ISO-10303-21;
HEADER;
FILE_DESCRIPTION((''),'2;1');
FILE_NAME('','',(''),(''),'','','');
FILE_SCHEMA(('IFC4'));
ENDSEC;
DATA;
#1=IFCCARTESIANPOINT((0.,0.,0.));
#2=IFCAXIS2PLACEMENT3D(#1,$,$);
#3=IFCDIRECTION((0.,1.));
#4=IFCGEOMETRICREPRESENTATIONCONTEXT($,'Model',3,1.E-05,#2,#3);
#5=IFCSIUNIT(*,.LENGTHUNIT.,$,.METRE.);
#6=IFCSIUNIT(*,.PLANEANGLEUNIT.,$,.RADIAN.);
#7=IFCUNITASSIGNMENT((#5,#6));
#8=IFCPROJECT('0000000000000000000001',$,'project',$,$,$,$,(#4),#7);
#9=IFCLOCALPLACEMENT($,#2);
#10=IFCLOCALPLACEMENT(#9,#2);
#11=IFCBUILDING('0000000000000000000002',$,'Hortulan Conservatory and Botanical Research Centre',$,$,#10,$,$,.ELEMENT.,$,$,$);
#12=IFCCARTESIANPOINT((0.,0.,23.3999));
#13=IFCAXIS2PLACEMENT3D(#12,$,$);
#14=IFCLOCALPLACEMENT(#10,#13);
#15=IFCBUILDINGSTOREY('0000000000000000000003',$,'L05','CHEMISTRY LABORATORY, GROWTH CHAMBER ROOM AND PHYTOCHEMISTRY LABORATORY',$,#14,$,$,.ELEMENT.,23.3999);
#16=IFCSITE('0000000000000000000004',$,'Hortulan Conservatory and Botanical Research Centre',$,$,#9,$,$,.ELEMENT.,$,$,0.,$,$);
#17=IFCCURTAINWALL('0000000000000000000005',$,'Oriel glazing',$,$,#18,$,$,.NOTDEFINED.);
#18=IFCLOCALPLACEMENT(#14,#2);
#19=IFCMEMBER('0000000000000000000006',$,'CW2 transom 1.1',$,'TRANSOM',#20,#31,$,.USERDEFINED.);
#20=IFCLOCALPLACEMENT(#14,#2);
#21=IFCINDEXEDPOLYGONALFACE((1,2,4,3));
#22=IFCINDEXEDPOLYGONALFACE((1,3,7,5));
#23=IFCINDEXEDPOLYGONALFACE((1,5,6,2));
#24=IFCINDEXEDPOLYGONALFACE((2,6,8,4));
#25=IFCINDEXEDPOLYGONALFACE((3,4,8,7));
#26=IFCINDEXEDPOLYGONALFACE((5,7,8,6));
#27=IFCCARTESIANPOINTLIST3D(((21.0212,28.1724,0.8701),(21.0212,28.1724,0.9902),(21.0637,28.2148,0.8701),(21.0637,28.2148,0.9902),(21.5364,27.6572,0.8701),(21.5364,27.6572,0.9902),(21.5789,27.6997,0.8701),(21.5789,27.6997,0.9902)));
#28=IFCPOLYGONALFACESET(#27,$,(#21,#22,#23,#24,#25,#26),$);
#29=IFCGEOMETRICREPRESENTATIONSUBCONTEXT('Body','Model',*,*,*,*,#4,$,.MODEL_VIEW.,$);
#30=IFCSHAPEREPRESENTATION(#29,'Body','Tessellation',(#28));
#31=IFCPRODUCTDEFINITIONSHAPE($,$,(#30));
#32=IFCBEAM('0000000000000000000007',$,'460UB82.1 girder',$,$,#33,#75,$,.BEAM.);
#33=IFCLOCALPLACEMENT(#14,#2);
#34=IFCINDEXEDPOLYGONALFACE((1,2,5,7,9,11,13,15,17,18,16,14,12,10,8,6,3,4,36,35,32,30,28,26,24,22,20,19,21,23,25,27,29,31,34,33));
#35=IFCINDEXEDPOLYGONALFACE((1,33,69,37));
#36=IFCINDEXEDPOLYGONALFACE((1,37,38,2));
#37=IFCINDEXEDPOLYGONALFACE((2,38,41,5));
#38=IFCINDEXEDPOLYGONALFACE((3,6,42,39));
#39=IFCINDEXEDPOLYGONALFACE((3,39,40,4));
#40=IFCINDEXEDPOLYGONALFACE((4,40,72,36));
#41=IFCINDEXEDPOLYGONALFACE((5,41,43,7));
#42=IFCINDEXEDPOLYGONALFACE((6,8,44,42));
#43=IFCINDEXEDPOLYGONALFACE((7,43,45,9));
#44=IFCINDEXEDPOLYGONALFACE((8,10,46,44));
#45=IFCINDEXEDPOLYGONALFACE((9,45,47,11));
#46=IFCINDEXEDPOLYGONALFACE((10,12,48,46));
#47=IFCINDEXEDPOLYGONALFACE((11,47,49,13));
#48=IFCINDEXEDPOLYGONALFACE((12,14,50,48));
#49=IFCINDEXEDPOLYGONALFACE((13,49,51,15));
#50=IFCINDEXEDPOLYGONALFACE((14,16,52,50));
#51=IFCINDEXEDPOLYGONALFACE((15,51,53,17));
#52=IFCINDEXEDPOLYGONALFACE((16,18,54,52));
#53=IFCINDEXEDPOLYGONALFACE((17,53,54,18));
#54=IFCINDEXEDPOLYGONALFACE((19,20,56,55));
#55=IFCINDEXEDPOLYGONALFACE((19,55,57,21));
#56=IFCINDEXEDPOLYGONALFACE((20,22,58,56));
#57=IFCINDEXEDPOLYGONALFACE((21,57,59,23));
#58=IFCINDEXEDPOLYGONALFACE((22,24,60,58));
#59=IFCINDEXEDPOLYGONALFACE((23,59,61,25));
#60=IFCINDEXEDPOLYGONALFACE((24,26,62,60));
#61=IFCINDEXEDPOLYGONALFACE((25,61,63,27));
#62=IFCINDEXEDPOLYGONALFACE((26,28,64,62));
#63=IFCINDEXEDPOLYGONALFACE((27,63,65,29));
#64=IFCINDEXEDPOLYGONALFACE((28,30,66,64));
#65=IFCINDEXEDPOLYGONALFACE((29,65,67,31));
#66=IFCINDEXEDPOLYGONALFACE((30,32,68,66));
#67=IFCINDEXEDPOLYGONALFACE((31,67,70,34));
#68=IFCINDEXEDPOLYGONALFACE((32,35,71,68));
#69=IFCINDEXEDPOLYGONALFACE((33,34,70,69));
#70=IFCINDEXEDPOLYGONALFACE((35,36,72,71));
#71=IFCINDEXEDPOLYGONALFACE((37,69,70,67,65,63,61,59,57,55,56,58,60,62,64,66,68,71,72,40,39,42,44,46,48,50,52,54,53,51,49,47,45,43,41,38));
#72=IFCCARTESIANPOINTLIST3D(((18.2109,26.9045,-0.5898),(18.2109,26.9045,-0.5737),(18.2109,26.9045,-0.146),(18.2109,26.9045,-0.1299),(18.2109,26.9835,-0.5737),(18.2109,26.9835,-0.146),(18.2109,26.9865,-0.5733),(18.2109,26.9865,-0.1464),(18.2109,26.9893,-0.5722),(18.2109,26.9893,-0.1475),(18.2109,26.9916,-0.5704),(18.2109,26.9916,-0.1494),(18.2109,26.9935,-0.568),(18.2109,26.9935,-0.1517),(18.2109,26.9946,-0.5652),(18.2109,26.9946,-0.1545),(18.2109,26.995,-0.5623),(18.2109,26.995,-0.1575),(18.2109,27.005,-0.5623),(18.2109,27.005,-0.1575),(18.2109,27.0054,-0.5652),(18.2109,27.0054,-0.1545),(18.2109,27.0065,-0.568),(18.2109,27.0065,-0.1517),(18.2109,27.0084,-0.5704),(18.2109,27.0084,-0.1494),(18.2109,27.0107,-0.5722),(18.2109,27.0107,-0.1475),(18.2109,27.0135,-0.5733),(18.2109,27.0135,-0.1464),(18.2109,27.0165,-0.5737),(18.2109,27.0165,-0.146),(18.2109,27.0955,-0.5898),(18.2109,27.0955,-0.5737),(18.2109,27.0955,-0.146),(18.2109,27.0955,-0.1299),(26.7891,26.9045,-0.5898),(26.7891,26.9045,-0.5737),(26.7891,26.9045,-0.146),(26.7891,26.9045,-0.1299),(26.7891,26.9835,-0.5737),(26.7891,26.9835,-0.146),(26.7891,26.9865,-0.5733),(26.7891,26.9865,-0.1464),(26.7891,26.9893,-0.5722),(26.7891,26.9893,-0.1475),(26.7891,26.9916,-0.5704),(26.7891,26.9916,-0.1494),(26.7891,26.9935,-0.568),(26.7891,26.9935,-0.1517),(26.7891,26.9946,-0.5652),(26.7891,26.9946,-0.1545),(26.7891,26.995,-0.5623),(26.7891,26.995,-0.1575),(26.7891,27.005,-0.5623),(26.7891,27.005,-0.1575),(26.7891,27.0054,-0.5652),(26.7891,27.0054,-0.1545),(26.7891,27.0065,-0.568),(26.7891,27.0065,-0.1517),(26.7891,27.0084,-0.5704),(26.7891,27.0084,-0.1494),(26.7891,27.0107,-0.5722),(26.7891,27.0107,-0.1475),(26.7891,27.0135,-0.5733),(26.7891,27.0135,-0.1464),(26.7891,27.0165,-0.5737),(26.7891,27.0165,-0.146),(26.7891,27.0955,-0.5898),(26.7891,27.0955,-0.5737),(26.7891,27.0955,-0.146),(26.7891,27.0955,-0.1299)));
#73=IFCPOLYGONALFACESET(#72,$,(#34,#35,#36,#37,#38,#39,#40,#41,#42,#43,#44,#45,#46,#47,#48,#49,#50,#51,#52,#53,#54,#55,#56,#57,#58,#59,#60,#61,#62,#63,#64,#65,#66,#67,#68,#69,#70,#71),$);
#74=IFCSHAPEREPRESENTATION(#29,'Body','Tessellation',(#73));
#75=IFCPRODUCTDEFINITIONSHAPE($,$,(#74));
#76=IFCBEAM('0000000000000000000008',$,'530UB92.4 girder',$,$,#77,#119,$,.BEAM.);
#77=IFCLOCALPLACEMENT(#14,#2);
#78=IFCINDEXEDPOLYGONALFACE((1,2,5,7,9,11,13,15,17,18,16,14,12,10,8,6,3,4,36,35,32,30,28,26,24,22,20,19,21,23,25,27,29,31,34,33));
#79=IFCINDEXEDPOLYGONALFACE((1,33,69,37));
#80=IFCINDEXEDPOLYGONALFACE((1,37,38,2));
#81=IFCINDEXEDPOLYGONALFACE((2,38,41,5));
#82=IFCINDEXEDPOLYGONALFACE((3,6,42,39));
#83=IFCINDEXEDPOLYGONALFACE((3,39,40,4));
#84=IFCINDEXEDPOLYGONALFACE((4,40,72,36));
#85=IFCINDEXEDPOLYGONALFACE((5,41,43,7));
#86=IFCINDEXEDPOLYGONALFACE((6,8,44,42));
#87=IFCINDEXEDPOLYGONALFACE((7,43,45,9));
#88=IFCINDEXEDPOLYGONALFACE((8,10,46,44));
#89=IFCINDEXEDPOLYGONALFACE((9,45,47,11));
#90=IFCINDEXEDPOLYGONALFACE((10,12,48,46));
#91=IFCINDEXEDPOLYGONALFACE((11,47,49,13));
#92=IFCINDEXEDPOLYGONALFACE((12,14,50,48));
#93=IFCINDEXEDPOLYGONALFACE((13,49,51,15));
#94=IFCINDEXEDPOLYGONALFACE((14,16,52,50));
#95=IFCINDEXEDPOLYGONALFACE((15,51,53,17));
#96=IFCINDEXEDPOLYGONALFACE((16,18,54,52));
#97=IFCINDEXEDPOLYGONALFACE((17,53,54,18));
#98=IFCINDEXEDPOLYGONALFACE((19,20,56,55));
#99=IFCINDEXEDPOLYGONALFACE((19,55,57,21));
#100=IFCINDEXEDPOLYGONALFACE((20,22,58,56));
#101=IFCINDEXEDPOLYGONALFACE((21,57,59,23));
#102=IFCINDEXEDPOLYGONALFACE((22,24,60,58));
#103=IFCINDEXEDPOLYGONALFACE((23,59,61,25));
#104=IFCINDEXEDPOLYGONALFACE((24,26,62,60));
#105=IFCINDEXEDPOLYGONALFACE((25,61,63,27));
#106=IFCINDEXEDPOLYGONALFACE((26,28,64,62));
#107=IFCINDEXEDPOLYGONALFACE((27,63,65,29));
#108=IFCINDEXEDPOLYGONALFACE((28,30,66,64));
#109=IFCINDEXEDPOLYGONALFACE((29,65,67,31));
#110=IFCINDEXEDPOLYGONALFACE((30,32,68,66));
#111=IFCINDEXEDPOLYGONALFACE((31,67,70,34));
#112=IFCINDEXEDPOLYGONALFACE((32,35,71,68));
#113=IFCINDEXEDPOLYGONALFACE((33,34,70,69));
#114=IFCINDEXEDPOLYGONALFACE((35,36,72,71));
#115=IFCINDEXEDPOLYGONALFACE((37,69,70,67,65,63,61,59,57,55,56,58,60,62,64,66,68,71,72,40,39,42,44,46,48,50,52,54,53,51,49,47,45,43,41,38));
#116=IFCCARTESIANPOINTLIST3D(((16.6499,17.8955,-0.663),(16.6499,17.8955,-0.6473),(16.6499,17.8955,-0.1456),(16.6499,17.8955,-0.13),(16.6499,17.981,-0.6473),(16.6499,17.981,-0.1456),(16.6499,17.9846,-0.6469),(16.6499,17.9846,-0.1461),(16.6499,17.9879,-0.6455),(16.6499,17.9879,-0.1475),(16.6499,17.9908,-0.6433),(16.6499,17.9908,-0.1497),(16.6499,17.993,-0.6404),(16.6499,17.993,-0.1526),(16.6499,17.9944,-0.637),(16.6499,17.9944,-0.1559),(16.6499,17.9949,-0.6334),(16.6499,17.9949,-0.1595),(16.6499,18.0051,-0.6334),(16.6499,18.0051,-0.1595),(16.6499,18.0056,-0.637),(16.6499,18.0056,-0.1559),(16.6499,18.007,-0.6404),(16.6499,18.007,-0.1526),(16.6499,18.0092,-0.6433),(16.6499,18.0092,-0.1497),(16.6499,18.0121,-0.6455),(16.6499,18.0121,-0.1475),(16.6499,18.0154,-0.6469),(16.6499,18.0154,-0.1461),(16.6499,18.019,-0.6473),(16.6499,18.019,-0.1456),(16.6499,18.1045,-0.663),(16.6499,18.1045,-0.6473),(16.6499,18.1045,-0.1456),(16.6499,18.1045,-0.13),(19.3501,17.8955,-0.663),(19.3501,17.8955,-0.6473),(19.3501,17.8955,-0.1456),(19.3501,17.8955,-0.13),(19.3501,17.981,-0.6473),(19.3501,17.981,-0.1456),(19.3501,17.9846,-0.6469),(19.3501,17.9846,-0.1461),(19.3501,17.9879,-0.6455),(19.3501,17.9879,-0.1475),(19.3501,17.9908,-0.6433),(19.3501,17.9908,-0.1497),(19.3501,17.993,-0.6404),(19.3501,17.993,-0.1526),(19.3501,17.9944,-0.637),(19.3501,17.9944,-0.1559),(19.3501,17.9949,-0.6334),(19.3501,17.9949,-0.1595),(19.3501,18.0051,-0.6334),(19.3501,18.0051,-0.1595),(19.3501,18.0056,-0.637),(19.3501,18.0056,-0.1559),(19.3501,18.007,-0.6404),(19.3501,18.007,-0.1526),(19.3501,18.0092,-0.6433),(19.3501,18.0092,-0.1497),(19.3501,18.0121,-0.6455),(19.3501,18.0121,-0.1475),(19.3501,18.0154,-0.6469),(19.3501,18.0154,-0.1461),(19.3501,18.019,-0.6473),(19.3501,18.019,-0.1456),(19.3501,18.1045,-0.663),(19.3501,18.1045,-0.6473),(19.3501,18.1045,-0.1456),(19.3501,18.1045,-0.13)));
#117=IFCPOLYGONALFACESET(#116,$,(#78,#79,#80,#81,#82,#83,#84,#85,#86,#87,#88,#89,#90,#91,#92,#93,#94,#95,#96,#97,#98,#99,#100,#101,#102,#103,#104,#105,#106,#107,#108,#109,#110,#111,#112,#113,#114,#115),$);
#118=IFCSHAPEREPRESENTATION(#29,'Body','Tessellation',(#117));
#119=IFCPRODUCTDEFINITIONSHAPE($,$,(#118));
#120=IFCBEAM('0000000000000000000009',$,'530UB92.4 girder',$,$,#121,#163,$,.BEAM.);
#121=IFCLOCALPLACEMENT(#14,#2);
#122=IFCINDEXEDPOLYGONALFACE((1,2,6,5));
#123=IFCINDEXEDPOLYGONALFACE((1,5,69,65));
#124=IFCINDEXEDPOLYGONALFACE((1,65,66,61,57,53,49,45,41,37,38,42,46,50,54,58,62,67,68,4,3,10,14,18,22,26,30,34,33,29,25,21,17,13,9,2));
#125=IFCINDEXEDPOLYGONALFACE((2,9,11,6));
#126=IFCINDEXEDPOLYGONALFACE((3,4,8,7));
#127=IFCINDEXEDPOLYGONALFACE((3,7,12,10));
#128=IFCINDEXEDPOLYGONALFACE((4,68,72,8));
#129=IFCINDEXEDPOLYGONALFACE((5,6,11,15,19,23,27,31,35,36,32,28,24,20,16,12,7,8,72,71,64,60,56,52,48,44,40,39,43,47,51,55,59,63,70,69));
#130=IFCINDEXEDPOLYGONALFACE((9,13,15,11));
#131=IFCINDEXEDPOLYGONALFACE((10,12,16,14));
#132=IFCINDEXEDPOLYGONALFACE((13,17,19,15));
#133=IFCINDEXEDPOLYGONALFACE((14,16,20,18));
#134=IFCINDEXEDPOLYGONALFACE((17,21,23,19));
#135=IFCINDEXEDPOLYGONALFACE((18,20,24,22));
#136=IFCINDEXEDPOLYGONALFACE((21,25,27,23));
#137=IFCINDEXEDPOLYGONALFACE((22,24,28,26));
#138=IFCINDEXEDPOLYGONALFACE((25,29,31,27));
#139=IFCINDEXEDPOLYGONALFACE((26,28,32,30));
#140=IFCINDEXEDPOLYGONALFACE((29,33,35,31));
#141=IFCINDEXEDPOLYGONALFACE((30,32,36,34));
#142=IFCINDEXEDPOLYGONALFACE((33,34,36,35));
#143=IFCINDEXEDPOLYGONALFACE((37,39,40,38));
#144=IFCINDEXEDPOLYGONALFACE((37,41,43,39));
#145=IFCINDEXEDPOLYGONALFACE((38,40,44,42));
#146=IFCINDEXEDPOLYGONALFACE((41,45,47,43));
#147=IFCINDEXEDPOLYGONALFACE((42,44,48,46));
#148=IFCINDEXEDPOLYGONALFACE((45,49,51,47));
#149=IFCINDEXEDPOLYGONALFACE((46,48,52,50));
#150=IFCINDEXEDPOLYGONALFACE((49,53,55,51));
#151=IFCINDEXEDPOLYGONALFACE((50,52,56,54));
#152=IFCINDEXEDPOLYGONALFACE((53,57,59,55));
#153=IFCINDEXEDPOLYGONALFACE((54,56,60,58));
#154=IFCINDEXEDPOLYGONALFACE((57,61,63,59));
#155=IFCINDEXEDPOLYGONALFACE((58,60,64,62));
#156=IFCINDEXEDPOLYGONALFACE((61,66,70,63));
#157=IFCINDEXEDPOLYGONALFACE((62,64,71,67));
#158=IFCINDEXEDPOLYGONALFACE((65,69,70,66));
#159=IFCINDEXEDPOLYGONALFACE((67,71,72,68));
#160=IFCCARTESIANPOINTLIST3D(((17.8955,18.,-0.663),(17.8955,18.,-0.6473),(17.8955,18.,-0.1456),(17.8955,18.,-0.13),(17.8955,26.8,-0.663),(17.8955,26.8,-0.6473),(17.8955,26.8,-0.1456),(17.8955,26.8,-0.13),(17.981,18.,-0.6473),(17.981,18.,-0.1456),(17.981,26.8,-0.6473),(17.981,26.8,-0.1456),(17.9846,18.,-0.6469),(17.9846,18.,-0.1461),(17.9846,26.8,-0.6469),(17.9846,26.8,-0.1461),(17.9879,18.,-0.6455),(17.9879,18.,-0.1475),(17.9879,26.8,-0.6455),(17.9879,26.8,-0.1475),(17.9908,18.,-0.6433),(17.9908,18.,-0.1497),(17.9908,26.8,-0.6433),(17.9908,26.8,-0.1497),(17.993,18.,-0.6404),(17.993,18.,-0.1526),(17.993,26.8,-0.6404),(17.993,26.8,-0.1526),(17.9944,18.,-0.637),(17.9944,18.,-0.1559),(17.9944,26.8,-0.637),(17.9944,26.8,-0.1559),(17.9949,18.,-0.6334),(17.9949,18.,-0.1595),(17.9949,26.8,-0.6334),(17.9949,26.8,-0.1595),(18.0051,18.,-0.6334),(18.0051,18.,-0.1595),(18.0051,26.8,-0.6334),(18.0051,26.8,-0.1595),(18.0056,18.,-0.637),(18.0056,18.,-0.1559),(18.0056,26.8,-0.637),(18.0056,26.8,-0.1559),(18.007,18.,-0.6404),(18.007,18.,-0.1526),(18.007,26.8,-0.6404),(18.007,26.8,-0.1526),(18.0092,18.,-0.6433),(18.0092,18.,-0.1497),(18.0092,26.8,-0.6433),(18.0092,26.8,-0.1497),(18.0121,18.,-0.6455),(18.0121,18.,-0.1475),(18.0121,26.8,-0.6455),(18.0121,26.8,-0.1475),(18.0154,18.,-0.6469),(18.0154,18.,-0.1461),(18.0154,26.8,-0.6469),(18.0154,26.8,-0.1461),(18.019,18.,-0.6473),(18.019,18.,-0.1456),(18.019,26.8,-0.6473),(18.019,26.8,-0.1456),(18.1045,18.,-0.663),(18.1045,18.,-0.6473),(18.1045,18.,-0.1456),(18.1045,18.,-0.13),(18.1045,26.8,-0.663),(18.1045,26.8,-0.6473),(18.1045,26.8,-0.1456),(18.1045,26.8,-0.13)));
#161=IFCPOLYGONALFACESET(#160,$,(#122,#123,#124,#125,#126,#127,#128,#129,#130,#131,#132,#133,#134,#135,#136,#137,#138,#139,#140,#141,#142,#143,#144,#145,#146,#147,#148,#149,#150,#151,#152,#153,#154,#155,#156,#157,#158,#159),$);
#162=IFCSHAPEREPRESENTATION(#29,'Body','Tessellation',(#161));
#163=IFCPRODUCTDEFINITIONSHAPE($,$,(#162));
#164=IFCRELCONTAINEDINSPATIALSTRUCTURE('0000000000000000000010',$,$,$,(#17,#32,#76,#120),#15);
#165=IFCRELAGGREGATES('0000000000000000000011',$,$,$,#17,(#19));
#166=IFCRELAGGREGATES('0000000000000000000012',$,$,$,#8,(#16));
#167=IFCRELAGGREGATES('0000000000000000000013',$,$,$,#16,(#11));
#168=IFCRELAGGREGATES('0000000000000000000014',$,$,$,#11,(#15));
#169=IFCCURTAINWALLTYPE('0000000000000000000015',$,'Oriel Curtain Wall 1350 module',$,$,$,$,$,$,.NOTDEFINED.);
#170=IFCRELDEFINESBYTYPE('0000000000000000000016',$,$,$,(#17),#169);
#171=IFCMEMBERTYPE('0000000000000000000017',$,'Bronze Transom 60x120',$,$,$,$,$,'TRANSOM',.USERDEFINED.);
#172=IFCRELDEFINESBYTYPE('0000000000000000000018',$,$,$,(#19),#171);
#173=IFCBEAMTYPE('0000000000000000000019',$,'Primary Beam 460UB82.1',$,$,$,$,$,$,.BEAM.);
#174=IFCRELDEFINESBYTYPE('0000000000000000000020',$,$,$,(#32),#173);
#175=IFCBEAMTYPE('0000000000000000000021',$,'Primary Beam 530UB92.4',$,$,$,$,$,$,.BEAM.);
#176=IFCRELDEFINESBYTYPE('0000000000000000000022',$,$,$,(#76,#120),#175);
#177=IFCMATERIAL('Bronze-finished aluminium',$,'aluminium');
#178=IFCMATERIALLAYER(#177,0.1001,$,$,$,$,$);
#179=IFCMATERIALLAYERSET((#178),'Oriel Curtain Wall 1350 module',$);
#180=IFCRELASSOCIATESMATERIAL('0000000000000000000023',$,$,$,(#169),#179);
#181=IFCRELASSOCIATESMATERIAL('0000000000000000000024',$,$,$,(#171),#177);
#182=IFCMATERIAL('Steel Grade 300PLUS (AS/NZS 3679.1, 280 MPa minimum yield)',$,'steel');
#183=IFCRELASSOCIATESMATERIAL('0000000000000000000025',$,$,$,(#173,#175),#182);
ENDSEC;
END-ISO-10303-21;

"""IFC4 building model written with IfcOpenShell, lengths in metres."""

from ifc_helpers import new_model, si_unit, direction, frame, origin, origin_2d, place, context, subcontext, project, spatial, rectangle, i_section, extrude, material, layer, layer_set, material_profile, profile_set, type_object, element, aggregate, save


model = new_model("IFC4")

# Units and contexts
model_context = context("Model", 3, precision=1e-05, world=origin(), true_north=direction((0.0, 1.0)))
body_context = subcontext(model_context, "Body", "Model", "MODEL_VIEW")
ifc_project = project(units=[si_unit("LENGTHUNIT", "METRE"), si_unit("PLANEANGLEUNIT", "RADIAN")], contexts=[model_context])

# Site, building, storey
site_placement = place(None, origin())
site = spatial("IfcSite", under=ifc_project, at=site_placement, Name="Hortulan Conservatory and Botanical Research Centre", CompositionType="ELEMENT", RefElevation=0.0)
building_placement = place(site_placement, origin())
building = spatial("IfcBuilding", under=site, at=building_placement, Name="Hortulan Conservatory and Botanical Research Centre", CompositionType="ELEMENT")
storey_placement = place(building_placement, frame((0.0, 0.0, 23.3999)))
storey = spatial("IfcBuildingStorey", under=building, at=storey_placement, Name="L05", Description="CHEMISTRY LABORATORY, GROWTH CHAMBER ROOM AND PHYTOCHEMISTRY LABORATORY", CompositionType="ELEMENT", Elevation=23.3999)

# Shared definitions
ifc_material_1 = material(Name="Steel Grade 300PLUS (AS/NZS 3679.1, 280 MPa minimum yield)", Category="steel")

# Shared definitions
ifc_material_2 = material(Name="Bronze-finished aluminium", Category="aluminium")
ifc_layer_1 = layer(ifc_material_2, 0.1001)
ifc_layer_set_1 = layer_set([ifc_layer_1], Name="Oriel Curtain Wall 1350 module")
curtain_wall_type = type_object("IfcCurtainWallType", Name="Oriel Curtain Wall 1350 module", PredefinedType="NOTDEFINED", material=ifc_layer_set_1)

# Curtain wall
curtain_wall_1_placement = place(storey_placement, origin())
curtain_wall_1 = element("IfcCurtainWall", 1, at=curtain_wall_1_placement, inside=storey, type_object=curtain_wall_type, Name="Oriel glazing", PredefinedType="NOTDEFINED")

# Member
ifc_material_profile_1 = material_profile(ifc_material_2, rectangle(XDim=0.0601, YDim=0.1201, at=origin_2d()), Name="Bronze Transom 60x120")
ifc_profile_set_1 = profile_set([ifc_material_profile_1], Name="Bronze-finished aluminium")
member_type_1 = type_object("IfcMemberType", Name="Bronze Transom 60x120", ElementType="TRANSOM", PredefinedType="USERDEFINED", material=ifc_profile_set_1)
member_1_placement = place(storey_placement, frame((21.0425, 28.1936, 0.9302), z_axis=(0.707107, -0.707107, 0.0), x_axis=(0.707107, 0.707107, 0.0)))
member_1 = element("IfcMember", 2, at=member_1_placement, type_object=member_type_1, Name="CW2 transom 1.1", ObjectType="TRANSOM", PredefinedType="USERDEFINED", context=body_context, shape_type="SweptSolid", body=[
    extrude(rectangle(XDim=0.0601, YDim=0.1201, at=origin_2d()), origin(), (0.0, 0.0, 1.0), 0.7285),
])
aggregate(curtain_wall_1, [member_1])

# Beams
ifc_material_profile_2 = material_profile(ifc_material_1, i_section(OverallWidth=0.1909, OverallDepth=0.46, WebThickness=0.01, FlangeThickness=0.0161, FilletRadius=0.0115, at=origin_2d()), Name="460UB82.1")
ifc_profile_set_2 = profile_set([ifc_material_profile_2], Name="Steel Grade 300PLUS (AS/NZS 3679.1, 280 MPa minimum yield)")
beam_type_1 = type_object("IfcBeamType", Name="Primary Beam 460UB82.1", PredefinedType="BEAM", material=ifc_profile_set_2)
beam_1_placement = place(storey_placement, frame((18.2109, 27.0, -0.3599), z_axis=(1.0, 0.0, 0.0), x_axis=(0.0, 1.0, 0.0)))
element("IfcBeam", 3, at=beam_1_placement, inside=storey, type_object=beam_type_1, Name="460UB82.1 girder", PredefinedType="BEAM", context=body_context, shape_type="SweptSolid", body=[
    extrude(i_section(OverallWidth=0.1909, OverallDepth=0.46, WebThickness=0.01, FlangeThickness=0.0161, FilletRadius=0.0115, at=origin_2d()), origin(), (0.0, 0.0, 1.0), 8.5781),
])
ifc_material_profile_3 = material_profile(ifc_material_1, i_section(OverallWidth=0.209, OverallDepth=0.533, WebThickness=0.0103, FlangeThickness=0.0156, FilletRadius=0.0139, at=origin_2d()), Name="530UB92.4")
ifc_profile_set_3 = profile_set([ifc_material_profile_3], Name="Steel Grade 300PLUS (AS/NZS 3679.1, 280 MPa minimum yield)")
beam_type_2 = type_object("IfcBeamType", Name="Primary Beam 530UB92.4", PredefinedType="BEAM", material=ifc_profile_set_3)
beam_2_placement = place(storey_placement, frame((16.6499, 18.0, -0.3965), z_axis=(1.0, 0.0, 0.0), x_axis=(0.0, 1.0, 0.0)))
element("IfcBeam", 4, at=beam_2_placement, inside=storey, type_object=beam_type_2, Name="530UB92.4 girder", PredefinedType="BEAM", context=body_context, shape_type="SweptSolid", body=[
    extrude(i_section(OverallWidth=0.209, OverallDepth=0.533, WebThickness=0.0103, FlangeThickness=0.0156, FilletRadius=0.0139, at=origin_2d()), origin(), (0.0, 0.0, 1.0), 2.7002),
])
beam_3_placement = place(storey_placement, frame((18.0, 18.0, -0.3965), z_axis=(0.0, 1.0, 0.0), x_axis=(-1.0, 0.0, 0.0)))
element("IfcBeam", 5, at=beam_3_placement, inside=storey, type_object=beam_type_2, Name="530UB92.4 girder", PredefinedType="BEAM", context=body_context, shape_type="SweptSolid", body=[
    extrude(i_section(OverallWidth=0.209, OverallDepth=0.533, WebThickness=0.0103, FlangeThickness=0.0156, FilletRadius=0.0139, at=origin_2d()), origin(), (0.0, 0.0, 1.0), 8.8),
])

save(model, "model.ifc")
